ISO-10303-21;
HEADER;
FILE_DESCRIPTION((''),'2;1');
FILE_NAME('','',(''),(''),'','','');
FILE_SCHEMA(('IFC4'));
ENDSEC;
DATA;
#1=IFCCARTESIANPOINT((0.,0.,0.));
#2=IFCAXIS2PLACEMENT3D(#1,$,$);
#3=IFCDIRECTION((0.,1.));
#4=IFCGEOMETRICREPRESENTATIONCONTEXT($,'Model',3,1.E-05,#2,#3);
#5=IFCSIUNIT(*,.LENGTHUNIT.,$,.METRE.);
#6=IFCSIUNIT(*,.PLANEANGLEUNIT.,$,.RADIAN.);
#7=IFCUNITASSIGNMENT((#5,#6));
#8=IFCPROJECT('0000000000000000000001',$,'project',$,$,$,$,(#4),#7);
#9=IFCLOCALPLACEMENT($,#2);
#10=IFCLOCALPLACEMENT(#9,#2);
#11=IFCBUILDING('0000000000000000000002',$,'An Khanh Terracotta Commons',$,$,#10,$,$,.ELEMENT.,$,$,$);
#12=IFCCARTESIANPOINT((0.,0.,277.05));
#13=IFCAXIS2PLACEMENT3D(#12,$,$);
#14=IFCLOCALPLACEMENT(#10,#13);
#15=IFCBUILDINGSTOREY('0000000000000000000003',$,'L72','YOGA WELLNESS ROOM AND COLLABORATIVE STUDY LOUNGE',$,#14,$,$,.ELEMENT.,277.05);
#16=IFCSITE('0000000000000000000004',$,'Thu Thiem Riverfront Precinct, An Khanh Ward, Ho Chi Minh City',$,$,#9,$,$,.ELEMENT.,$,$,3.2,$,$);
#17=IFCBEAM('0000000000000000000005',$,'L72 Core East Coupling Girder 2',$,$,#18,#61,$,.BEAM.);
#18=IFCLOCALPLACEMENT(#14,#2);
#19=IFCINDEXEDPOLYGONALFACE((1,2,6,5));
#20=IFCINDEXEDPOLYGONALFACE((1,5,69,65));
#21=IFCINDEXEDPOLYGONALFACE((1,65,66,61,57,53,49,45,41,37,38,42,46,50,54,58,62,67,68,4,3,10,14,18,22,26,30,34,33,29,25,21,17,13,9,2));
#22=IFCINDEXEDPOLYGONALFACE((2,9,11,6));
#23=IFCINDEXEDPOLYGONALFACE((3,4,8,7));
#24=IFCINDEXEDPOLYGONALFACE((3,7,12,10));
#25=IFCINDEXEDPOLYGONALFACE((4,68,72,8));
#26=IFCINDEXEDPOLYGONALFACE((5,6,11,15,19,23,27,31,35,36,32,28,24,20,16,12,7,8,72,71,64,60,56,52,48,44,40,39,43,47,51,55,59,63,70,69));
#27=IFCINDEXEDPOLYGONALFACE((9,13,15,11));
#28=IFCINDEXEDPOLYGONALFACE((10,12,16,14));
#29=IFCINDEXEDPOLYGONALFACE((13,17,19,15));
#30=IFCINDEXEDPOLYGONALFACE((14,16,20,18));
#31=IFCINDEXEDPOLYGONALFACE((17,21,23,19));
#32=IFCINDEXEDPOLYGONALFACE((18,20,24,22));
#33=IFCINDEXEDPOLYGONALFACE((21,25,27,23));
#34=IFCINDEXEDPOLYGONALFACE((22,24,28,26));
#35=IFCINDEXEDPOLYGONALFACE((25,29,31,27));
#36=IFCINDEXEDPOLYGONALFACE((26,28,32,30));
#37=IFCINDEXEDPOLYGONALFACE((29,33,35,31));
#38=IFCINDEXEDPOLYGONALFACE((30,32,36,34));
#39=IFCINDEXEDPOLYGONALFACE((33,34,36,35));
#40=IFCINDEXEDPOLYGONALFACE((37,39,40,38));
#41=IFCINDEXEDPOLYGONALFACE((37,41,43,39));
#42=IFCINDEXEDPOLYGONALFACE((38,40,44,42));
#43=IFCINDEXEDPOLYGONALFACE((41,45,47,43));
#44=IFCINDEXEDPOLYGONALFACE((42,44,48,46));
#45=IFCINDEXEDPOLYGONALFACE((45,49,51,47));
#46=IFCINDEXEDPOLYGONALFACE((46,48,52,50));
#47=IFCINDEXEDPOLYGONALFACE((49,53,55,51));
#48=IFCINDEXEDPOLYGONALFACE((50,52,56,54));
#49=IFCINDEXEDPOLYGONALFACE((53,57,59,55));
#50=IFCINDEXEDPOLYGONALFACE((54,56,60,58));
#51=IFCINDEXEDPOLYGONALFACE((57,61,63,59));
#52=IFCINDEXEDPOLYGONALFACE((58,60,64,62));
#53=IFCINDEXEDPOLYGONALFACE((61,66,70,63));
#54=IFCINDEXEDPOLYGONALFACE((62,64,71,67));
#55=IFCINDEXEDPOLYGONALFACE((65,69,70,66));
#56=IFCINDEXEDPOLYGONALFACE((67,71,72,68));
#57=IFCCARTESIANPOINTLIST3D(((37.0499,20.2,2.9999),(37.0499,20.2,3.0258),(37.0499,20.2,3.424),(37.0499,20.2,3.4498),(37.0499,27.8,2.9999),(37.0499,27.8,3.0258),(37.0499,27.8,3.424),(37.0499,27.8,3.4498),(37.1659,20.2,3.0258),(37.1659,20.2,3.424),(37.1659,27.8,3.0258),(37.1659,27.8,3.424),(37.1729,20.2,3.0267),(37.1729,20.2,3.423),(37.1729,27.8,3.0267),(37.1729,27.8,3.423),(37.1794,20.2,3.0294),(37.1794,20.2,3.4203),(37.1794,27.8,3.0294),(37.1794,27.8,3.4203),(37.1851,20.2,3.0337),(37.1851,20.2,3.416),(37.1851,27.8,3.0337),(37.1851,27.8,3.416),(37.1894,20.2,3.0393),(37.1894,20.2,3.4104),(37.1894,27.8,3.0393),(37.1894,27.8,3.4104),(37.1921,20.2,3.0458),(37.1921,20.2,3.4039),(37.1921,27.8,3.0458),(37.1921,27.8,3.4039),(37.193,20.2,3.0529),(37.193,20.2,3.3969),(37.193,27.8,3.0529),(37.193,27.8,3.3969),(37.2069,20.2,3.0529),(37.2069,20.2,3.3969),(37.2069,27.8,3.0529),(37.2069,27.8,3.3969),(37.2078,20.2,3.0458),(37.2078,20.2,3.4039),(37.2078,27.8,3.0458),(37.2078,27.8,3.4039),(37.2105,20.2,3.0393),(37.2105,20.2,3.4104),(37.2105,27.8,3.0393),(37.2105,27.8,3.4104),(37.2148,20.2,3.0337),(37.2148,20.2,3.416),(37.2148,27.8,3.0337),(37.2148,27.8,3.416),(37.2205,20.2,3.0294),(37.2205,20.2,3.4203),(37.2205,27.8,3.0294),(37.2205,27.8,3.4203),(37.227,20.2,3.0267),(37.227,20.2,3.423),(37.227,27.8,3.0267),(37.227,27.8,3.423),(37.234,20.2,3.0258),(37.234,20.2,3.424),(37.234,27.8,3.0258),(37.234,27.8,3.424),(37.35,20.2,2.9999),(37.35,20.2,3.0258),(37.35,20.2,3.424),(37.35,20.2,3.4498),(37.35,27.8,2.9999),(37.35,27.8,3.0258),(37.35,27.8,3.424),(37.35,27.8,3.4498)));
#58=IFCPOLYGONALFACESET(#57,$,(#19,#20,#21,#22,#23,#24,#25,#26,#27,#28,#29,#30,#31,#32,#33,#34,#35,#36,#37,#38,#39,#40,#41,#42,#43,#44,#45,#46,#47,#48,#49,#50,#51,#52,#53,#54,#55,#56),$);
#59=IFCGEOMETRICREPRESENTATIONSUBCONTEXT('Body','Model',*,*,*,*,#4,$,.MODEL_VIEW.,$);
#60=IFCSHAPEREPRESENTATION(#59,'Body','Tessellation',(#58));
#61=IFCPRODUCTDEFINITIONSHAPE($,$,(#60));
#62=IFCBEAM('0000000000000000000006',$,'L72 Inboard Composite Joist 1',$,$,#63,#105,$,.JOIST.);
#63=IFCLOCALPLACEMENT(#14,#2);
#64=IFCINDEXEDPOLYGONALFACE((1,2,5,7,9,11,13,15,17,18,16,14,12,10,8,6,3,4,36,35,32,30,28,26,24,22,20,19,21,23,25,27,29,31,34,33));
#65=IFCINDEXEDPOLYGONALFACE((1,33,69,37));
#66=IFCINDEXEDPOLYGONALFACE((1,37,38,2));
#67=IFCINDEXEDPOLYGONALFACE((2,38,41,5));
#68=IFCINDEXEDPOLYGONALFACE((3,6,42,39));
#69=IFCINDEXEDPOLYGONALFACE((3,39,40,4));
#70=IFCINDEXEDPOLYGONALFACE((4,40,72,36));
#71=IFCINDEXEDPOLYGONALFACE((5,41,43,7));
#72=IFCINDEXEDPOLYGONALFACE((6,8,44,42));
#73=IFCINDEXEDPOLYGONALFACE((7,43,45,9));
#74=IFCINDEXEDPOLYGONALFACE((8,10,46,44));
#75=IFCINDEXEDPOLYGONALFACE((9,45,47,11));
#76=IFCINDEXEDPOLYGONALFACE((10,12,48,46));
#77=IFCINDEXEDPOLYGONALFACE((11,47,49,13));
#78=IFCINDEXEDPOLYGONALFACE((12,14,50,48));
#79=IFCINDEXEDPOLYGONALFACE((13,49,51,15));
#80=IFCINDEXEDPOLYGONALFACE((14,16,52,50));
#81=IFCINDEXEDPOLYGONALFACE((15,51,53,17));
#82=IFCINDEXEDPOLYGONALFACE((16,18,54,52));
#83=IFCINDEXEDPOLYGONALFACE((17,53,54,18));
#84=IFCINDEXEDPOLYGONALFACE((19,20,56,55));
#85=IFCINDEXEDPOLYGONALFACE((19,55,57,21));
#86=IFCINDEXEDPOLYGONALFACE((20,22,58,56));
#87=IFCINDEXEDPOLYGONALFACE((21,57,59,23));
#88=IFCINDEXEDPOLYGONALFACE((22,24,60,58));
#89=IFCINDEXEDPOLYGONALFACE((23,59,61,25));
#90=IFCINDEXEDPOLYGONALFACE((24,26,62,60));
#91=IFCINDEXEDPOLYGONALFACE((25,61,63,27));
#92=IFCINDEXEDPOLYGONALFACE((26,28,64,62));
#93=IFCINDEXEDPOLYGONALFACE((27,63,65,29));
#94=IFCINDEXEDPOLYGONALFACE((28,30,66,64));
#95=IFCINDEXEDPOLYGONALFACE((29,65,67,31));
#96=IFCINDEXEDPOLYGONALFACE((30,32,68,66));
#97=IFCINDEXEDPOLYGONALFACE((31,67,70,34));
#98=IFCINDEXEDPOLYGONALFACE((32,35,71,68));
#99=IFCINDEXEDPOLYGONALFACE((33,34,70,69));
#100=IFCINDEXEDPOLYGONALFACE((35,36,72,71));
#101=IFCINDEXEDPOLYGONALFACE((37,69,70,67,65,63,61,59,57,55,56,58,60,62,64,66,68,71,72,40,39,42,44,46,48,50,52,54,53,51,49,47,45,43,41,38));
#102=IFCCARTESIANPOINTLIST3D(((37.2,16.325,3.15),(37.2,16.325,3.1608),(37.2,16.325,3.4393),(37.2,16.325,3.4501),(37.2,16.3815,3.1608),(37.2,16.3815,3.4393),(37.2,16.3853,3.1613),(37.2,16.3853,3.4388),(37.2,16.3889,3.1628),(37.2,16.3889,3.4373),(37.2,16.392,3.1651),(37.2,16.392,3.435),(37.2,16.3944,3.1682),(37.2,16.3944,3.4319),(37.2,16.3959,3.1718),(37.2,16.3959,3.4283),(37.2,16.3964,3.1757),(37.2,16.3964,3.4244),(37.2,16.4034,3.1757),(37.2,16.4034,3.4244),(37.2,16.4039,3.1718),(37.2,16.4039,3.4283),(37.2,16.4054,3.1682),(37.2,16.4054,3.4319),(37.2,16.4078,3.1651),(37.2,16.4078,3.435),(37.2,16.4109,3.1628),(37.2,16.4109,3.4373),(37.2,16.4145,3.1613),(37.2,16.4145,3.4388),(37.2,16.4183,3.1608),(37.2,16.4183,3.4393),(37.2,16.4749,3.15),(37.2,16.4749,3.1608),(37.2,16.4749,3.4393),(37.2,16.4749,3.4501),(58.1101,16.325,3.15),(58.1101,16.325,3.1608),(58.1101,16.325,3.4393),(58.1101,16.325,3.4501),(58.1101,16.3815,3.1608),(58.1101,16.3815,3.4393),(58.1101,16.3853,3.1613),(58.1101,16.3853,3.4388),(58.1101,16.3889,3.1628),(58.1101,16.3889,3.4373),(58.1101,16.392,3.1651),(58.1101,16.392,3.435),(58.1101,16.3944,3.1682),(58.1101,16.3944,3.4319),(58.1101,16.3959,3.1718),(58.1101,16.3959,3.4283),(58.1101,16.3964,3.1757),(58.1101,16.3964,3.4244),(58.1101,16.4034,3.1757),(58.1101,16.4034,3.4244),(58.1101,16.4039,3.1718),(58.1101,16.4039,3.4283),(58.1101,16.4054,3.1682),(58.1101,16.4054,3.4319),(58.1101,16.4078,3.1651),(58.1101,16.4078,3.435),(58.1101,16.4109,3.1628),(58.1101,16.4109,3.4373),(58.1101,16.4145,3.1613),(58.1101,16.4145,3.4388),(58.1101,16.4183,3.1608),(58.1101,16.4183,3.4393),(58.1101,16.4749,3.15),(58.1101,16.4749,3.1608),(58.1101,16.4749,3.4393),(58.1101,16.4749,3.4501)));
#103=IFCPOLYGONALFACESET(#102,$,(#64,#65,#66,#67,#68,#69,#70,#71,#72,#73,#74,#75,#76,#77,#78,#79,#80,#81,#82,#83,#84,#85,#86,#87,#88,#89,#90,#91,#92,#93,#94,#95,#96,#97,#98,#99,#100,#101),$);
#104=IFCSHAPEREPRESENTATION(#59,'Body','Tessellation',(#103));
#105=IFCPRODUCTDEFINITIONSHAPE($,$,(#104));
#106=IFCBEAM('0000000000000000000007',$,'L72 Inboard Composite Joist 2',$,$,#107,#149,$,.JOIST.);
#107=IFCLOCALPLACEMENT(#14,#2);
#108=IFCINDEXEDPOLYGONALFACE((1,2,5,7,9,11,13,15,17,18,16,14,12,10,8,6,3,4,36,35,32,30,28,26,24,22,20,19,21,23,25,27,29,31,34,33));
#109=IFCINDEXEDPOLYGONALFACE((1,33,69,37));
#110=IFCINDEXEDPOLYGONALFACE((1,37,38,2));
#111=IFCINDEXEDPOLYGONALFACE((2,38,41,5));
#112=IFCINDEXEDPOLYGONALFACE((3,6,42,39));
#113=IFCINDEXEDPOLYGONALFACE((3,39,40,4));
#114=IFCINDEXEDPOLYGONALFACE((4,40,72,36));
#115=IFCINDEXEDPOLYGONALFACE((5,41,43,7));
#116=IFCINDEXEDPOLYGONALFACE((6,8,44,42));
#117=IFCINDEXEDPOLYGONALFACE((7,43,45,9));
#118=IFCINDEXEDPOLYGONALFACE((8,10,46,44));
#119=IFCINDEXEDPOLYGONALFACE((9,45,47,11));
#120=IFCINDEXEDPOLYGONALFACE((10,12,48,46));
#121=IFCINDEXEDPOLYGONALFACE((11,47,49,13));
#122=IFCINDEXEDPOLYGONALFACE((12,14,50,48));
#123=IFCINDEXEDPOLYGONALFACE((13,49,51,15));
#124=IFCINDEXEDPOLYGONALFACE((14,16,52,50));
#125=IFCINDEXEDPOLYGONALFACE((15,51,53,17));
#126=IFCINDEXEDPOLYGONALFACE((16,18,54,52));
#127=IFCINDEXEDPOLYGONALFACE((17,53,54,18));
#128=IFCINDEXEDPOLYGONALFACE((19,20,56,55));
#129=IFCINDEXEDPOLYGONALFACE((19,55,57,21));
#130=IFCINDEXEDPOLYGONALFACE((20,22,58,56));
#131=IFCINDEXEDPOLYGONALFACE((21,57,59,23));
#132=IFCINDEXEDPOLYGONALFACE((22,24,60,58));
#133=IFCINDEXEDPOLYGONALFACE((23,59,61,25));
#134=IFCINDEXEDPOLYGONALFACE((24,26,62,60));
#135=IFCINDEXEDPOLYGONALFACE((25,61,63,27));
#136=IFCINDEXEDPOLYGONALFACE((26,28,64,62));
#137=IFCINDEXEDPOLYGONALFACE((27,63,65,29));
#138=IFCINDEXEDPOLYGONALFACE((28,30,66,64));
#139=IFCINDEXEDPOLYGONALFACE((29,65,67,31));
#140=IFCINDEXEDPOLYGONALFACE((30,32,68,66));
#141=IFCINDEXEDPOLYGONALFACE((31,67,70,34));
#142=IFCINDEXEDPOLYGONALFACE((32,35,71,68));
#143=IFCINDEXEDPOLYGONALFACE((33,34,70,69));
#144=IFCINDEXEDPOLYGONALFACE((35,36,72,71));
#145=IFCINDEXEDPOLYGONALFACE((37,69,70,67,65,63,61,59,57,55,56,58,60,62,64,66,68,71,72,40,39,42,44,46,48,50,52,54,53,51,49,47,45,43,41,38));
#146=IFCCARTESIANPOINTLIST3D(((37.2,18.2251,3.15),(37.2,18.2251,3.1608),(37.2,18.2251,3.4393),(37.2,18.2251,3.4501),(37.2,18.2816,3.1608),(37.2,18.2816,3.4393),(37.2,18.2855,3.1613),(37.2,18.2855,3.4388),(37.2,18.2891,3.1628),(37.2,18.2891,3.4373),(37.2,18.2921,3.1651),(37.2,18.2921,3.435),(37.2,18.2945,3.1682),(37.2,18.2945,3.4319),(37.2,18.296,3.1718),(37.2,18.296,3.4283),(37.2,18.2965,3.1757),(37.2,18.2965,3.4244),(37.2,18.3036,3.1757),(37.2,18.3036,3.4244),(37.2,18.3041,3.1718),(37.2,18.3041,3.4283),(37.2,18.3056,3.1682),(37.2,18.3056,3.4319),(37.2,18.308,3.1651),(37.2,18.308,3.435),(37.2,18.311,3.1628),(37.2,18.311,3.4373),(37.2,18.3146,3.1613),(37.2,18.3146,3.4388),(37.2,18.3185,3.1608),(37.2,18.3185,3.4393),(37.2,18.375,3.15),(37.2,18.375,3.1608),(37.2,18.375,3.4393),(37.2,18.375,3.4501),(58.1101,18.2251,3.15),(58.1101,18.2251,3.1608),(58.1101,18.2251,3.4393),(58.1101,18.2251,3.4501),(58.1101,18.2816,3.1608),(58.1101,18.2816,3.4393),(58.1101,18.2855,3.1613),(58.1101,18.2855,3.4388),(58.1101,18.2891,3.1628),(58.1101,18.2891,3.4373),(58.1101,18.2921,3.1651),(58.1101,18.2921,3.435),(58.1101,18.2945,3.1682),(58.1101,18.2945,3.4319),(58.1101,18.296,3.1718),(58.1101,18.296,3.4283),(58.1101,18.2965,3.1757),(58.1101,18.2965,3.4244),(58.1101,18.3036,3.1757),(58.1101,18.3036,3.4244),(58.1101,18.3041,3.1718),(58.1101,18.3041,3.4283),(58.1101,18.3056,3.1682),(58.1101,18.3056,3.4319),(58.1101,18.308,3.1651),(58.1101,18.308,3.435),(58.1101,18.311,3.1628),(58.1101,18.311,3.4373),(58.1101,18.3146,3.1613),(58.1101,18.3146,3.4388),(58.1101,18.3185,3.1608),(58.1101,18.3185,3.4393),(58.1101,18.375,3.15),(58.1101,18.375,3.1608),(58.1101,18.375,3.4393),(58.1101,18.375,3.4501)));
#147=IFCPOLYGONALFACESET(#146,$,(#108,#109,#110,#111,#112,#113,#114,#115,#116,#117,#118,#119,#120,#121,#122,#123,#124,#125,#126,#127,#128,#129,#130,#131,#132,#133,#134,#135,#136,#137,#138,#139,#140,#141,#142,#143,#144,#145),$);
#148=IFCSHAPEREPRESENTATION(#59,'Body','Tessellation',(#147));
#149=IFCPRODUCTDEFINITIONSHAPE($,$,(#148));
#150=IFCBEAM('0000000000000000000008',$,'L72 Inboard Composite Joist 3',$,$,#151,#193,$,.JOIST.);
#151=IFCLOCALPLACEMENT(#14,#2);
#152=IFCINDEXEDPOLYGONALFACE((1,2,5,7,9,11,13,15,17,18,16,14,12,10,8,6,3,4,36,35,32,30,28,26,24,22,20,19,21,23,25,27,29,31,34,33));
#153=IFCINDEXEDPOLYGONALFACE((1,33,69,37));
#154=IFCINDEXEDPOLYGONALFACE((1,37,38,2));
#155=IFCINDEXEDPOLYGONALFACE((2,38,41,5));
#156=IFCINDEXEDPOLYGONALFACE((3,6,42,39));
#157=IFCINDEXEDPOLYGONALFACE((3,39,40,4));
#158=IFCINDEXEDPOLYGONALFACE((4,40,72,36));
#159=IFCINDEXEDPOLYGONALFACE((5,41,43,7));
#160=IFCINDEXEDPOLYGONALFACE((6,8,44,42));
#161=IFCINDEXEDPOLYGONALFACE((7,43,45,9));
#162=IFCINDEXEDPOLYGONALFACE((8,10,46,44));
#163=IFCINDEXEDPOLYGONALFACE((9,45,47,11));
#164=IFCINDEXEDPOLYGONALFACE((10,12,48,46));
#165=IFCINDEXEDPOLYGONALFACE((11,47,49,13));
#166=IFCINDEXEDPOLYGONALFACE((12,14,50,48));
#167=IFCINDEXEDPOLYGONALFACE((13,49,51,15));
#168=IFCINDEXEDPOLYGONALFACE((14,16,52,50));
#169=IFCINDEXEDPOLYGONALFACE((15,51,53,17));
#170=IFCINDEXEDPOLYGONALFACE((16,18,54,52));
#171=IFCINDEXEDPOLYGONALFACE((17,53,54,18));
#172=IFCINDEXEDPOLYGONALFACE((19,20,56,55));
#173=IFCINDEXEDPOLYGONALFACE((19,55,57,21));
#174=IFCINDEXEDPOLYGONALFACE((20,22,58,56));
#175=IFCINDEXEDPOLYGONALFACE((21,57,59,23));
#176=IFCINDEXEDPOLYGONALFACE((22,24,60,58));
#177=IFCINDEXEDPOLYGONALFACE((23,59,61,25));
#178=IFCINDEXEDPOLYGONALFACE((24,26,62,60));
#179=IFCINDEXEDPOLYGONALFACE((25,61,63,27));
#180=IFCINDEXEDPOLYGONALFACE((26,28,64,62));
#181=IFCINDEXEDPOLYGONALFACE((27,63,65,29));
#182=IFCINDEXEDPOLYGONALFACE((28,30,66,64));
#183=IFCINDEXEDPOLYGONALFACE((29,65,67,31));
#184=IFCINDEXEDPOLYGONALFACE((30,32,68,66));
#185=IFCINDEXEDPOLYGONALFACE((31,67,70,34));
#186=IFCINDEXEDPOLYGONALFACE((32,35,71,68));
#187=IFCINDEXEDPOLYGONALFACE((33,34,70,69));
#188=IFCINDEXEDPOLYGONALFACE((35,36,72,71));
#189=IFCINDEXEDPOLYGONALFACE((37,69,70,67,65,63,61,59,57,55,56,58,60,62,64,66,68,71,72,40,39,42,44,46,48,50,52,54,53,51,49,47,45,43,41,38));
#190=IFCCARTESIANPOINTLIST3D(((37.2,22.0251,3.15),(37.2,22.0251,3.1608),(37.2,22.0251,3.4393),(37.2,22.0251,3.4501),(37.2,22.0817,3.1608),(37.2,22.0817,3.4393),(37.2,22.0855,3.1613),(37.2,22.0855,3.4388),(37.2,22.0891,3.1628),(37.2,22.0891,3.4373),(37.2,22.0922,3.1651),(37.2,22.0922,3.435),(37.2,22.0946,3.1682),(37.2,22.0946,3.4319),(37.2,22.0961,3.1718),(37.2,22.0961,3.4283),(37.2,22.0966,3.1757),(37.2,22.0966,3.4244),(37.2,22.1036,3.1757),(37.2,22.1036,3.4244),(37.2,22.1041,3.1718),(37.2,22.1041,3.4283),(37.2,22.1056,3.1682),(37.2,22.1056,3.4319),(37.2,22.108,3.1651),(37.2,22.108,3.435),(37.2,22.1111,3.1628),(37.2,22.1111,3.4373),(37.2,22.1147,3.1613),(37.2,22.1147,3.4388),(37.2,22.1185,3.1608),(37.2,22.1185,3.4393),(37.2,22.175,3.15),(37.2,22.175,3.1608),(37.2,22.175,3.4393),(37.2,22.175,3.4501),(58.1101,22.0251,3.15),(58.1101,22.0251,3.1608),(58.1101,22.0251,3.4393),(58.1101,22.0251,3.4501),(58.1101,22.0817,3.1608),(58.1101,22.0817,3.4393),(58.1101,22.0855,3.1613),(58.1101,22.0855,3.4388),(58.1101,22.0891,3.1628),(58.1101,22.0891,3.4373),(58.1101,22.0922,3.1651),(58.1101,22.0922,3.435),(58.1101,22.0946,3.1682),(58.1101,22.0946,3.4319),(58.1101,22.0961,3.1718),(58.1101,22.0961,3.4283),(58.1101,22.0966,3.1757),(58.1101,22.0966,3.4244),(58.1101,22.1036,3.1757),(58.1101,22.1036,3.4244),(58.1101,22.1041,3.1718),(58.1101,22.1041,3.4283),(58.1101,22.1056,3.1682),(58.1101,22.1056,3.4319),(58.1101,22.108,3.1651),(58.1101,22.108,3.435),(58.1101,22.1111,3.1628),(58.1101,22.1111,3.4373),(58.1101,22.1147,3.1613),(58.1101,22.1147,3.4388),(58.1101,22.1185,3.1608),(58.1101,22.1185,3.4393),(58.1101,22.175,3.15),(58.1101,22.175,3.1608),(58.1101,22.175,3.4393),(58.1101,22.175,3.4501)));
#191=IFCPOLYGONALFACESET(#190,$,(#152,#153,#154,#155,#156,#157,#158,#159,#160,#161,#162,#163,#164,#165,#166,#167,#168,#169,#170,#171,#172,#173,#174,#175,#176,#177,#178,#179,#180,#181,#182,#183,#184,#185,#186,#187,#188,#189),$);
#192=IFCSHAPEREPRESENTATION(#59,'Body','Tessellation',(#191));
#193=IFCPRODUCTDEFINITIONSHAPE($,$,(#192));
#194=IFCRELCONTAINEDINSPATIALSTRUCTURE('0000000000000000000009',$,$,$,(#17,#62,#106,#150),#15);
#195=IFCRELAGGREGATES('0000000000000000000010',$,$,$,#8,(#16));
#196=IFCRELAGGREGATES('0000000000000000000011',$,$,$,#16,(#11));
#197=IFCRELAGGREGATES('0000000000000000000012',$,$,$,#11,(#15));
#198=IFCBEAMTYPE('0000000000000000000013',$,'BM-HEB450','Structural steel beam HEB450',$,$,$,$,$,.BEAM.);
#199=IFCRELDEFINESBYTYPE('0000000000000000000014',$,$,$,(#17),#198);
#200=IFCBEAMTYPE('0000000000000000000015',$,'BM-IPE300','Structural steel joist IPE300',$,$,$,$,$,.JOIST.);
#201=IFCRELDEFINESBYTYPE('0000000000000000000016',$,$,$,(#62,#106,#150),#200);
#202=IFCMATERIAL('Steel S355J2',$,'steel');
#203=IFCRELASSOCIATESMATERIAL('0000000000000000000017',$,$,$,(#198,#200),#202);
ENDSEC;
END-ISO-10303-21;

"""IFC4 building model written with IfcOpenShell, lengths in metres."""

from ifc_helpers import new_model, si_unit, direction, frame, origin, origin_2d, place, context, subcontext, project, spatial, i_section, extrude, material, material_profile, profile_set, type_object, element, save


model = new_model("IFC4")

# Units and contexts
model_context = context("Model", 3, precision=1e-05, world=origin(), true_north=direction((0.0, 1.0)))
body_context = subcontext(model_context, "Body", "Model", "MODEL_VIEW")
ifc_project = project(units=[si_unit("LENGTHUNIT", "METRE"), si_unit("PLANEANGLEUNIT", "RADIAN")], contexts=[model_context])

# Site, building, storey
site_placement = place(None, origin())
site = spatial("IfcSite", under=ifc_project, at=site_placement, Name="Thu Thiem Riverfront Precinct, An Khanh Ward, Ho Chi Minh City", CompositionType="ELEMENT", RefElevation=3.2)
building_placement = place(site_placement, origin())
building = spatial("IfcBuilding", under=site, at=building_placement, Name="An Khanh Terracotta Commons", CompositionType="ELEMENT")
storey_placement = place(building_placement, frame((0.0, 0.0, 277.05)))
storey = spatial("IfcBuildingStorey", under=building, at=storey_placement, Name="L72", Description="YOGA WELLNESS ROOM AND COLLABORATIVE STUDY LOUNGE", CompositionType="ELEMENT", Elevation=277.05)

# Beams
ifc_material_1 = material(Name="Steel S355J2", Category="steel")
ifc_material_profile_1 = material_profile(ifc_material_1, i_section(OverallWidth=0.3, OverallDepth=0.45, WebThickness=0.0139, FlangeThickness=0.0259, FilletRadius=0.0271, at=origin_2d()), Name="HEB450")
ifc_profile_set_1 = profile_set([ifc_material_profile_1], Name="Steel S355J2")
beam_type_1 = type_object("IfcBeamType", Name="BM-HEB450", Description="Structural steel beam HEB450", PredefinedType="BEAM", material=ifc_profile_set_1)
beam_1_placement = place(storey_placement, frame((37.2, 20.2, 3.2249), z_axis=(0.0, 1.0, 0.0), x_axis=(-1.0, 0.0, 0.0)))
element("IfcBeam", 1, at=beam_1_placement, inside=storey, type_object=beam_type_1, Name="L72 Core East Coupling Girder 2", PredefinedType="BEAM", context=body_context, shape_type="SweptSolid", body=[
    extrude(i_section(OverallWidth=0.3, OverallDepth=0.45, WebThickness=0.0139, FlangeThickness=0.0259, FilletRadius=0.0271, at=origin_2d()), origin(), (0.0, 0.0, 1.0), 7.6001),
])
ifc_material_profile_2 = material_profile(ifc_material_1, i_section(OverallWidth=0.1499, OverallDepth=0.3, WebThickness=0.0071, FlangeThickness=0.0107, FilletRadius=0.0149, at=origin_2d()), Name="IPE300")
ifc_profile_set_2 = profile_set([ifc_material_profile_2], Name="Steel S355J2")
beam_type_2 = type_object("IfcBeamType", Name="BM-IPE300", Description="Structural steel joist IPE300", PredefinedType="JOIST", material=ifc_profile_set_2)
for number, where, z_axis, x_axis, name in (
    (2, (37.2, 16.3999, 3.3), (1.0, 0.0, 0.0), (0.0, 1.0, 0.0), "L72 Inboard Composite Joist 1"),
    (3, (37.2, 18.3, 3.3), (1.0, 0.0, 0.0), (0.0, 1.0, 0.0), "L72 Inboard Composite Joist 2"),
    (4, (37.2, 22.1001, 3.3), (1.0, 0.0, 0.0), (0.0, 1.0, 0.0), "L72 Inboard Composite Joist 3"),
):
    element("IfcBeam", number, at=place(storey_placement, frame(where, z_axis=z_axis, x_axis=x_axis)), inside=storey, type_object=beam_type_2, Name=name, PredefinedType="JOIST", context=body_context, shape_type="SweptSolid", body=[
        extrude(i_section(OverallWidth=0.1499, OverallDepth=0.3, WebThickness=0.0071, FlangeThickness=0.0107, FilletRadius=0.0149, at=origin_2d()), origin(), (0.0, 0.0, 1.0), 20.9102),
    ])

save(model, "model.ifc")
